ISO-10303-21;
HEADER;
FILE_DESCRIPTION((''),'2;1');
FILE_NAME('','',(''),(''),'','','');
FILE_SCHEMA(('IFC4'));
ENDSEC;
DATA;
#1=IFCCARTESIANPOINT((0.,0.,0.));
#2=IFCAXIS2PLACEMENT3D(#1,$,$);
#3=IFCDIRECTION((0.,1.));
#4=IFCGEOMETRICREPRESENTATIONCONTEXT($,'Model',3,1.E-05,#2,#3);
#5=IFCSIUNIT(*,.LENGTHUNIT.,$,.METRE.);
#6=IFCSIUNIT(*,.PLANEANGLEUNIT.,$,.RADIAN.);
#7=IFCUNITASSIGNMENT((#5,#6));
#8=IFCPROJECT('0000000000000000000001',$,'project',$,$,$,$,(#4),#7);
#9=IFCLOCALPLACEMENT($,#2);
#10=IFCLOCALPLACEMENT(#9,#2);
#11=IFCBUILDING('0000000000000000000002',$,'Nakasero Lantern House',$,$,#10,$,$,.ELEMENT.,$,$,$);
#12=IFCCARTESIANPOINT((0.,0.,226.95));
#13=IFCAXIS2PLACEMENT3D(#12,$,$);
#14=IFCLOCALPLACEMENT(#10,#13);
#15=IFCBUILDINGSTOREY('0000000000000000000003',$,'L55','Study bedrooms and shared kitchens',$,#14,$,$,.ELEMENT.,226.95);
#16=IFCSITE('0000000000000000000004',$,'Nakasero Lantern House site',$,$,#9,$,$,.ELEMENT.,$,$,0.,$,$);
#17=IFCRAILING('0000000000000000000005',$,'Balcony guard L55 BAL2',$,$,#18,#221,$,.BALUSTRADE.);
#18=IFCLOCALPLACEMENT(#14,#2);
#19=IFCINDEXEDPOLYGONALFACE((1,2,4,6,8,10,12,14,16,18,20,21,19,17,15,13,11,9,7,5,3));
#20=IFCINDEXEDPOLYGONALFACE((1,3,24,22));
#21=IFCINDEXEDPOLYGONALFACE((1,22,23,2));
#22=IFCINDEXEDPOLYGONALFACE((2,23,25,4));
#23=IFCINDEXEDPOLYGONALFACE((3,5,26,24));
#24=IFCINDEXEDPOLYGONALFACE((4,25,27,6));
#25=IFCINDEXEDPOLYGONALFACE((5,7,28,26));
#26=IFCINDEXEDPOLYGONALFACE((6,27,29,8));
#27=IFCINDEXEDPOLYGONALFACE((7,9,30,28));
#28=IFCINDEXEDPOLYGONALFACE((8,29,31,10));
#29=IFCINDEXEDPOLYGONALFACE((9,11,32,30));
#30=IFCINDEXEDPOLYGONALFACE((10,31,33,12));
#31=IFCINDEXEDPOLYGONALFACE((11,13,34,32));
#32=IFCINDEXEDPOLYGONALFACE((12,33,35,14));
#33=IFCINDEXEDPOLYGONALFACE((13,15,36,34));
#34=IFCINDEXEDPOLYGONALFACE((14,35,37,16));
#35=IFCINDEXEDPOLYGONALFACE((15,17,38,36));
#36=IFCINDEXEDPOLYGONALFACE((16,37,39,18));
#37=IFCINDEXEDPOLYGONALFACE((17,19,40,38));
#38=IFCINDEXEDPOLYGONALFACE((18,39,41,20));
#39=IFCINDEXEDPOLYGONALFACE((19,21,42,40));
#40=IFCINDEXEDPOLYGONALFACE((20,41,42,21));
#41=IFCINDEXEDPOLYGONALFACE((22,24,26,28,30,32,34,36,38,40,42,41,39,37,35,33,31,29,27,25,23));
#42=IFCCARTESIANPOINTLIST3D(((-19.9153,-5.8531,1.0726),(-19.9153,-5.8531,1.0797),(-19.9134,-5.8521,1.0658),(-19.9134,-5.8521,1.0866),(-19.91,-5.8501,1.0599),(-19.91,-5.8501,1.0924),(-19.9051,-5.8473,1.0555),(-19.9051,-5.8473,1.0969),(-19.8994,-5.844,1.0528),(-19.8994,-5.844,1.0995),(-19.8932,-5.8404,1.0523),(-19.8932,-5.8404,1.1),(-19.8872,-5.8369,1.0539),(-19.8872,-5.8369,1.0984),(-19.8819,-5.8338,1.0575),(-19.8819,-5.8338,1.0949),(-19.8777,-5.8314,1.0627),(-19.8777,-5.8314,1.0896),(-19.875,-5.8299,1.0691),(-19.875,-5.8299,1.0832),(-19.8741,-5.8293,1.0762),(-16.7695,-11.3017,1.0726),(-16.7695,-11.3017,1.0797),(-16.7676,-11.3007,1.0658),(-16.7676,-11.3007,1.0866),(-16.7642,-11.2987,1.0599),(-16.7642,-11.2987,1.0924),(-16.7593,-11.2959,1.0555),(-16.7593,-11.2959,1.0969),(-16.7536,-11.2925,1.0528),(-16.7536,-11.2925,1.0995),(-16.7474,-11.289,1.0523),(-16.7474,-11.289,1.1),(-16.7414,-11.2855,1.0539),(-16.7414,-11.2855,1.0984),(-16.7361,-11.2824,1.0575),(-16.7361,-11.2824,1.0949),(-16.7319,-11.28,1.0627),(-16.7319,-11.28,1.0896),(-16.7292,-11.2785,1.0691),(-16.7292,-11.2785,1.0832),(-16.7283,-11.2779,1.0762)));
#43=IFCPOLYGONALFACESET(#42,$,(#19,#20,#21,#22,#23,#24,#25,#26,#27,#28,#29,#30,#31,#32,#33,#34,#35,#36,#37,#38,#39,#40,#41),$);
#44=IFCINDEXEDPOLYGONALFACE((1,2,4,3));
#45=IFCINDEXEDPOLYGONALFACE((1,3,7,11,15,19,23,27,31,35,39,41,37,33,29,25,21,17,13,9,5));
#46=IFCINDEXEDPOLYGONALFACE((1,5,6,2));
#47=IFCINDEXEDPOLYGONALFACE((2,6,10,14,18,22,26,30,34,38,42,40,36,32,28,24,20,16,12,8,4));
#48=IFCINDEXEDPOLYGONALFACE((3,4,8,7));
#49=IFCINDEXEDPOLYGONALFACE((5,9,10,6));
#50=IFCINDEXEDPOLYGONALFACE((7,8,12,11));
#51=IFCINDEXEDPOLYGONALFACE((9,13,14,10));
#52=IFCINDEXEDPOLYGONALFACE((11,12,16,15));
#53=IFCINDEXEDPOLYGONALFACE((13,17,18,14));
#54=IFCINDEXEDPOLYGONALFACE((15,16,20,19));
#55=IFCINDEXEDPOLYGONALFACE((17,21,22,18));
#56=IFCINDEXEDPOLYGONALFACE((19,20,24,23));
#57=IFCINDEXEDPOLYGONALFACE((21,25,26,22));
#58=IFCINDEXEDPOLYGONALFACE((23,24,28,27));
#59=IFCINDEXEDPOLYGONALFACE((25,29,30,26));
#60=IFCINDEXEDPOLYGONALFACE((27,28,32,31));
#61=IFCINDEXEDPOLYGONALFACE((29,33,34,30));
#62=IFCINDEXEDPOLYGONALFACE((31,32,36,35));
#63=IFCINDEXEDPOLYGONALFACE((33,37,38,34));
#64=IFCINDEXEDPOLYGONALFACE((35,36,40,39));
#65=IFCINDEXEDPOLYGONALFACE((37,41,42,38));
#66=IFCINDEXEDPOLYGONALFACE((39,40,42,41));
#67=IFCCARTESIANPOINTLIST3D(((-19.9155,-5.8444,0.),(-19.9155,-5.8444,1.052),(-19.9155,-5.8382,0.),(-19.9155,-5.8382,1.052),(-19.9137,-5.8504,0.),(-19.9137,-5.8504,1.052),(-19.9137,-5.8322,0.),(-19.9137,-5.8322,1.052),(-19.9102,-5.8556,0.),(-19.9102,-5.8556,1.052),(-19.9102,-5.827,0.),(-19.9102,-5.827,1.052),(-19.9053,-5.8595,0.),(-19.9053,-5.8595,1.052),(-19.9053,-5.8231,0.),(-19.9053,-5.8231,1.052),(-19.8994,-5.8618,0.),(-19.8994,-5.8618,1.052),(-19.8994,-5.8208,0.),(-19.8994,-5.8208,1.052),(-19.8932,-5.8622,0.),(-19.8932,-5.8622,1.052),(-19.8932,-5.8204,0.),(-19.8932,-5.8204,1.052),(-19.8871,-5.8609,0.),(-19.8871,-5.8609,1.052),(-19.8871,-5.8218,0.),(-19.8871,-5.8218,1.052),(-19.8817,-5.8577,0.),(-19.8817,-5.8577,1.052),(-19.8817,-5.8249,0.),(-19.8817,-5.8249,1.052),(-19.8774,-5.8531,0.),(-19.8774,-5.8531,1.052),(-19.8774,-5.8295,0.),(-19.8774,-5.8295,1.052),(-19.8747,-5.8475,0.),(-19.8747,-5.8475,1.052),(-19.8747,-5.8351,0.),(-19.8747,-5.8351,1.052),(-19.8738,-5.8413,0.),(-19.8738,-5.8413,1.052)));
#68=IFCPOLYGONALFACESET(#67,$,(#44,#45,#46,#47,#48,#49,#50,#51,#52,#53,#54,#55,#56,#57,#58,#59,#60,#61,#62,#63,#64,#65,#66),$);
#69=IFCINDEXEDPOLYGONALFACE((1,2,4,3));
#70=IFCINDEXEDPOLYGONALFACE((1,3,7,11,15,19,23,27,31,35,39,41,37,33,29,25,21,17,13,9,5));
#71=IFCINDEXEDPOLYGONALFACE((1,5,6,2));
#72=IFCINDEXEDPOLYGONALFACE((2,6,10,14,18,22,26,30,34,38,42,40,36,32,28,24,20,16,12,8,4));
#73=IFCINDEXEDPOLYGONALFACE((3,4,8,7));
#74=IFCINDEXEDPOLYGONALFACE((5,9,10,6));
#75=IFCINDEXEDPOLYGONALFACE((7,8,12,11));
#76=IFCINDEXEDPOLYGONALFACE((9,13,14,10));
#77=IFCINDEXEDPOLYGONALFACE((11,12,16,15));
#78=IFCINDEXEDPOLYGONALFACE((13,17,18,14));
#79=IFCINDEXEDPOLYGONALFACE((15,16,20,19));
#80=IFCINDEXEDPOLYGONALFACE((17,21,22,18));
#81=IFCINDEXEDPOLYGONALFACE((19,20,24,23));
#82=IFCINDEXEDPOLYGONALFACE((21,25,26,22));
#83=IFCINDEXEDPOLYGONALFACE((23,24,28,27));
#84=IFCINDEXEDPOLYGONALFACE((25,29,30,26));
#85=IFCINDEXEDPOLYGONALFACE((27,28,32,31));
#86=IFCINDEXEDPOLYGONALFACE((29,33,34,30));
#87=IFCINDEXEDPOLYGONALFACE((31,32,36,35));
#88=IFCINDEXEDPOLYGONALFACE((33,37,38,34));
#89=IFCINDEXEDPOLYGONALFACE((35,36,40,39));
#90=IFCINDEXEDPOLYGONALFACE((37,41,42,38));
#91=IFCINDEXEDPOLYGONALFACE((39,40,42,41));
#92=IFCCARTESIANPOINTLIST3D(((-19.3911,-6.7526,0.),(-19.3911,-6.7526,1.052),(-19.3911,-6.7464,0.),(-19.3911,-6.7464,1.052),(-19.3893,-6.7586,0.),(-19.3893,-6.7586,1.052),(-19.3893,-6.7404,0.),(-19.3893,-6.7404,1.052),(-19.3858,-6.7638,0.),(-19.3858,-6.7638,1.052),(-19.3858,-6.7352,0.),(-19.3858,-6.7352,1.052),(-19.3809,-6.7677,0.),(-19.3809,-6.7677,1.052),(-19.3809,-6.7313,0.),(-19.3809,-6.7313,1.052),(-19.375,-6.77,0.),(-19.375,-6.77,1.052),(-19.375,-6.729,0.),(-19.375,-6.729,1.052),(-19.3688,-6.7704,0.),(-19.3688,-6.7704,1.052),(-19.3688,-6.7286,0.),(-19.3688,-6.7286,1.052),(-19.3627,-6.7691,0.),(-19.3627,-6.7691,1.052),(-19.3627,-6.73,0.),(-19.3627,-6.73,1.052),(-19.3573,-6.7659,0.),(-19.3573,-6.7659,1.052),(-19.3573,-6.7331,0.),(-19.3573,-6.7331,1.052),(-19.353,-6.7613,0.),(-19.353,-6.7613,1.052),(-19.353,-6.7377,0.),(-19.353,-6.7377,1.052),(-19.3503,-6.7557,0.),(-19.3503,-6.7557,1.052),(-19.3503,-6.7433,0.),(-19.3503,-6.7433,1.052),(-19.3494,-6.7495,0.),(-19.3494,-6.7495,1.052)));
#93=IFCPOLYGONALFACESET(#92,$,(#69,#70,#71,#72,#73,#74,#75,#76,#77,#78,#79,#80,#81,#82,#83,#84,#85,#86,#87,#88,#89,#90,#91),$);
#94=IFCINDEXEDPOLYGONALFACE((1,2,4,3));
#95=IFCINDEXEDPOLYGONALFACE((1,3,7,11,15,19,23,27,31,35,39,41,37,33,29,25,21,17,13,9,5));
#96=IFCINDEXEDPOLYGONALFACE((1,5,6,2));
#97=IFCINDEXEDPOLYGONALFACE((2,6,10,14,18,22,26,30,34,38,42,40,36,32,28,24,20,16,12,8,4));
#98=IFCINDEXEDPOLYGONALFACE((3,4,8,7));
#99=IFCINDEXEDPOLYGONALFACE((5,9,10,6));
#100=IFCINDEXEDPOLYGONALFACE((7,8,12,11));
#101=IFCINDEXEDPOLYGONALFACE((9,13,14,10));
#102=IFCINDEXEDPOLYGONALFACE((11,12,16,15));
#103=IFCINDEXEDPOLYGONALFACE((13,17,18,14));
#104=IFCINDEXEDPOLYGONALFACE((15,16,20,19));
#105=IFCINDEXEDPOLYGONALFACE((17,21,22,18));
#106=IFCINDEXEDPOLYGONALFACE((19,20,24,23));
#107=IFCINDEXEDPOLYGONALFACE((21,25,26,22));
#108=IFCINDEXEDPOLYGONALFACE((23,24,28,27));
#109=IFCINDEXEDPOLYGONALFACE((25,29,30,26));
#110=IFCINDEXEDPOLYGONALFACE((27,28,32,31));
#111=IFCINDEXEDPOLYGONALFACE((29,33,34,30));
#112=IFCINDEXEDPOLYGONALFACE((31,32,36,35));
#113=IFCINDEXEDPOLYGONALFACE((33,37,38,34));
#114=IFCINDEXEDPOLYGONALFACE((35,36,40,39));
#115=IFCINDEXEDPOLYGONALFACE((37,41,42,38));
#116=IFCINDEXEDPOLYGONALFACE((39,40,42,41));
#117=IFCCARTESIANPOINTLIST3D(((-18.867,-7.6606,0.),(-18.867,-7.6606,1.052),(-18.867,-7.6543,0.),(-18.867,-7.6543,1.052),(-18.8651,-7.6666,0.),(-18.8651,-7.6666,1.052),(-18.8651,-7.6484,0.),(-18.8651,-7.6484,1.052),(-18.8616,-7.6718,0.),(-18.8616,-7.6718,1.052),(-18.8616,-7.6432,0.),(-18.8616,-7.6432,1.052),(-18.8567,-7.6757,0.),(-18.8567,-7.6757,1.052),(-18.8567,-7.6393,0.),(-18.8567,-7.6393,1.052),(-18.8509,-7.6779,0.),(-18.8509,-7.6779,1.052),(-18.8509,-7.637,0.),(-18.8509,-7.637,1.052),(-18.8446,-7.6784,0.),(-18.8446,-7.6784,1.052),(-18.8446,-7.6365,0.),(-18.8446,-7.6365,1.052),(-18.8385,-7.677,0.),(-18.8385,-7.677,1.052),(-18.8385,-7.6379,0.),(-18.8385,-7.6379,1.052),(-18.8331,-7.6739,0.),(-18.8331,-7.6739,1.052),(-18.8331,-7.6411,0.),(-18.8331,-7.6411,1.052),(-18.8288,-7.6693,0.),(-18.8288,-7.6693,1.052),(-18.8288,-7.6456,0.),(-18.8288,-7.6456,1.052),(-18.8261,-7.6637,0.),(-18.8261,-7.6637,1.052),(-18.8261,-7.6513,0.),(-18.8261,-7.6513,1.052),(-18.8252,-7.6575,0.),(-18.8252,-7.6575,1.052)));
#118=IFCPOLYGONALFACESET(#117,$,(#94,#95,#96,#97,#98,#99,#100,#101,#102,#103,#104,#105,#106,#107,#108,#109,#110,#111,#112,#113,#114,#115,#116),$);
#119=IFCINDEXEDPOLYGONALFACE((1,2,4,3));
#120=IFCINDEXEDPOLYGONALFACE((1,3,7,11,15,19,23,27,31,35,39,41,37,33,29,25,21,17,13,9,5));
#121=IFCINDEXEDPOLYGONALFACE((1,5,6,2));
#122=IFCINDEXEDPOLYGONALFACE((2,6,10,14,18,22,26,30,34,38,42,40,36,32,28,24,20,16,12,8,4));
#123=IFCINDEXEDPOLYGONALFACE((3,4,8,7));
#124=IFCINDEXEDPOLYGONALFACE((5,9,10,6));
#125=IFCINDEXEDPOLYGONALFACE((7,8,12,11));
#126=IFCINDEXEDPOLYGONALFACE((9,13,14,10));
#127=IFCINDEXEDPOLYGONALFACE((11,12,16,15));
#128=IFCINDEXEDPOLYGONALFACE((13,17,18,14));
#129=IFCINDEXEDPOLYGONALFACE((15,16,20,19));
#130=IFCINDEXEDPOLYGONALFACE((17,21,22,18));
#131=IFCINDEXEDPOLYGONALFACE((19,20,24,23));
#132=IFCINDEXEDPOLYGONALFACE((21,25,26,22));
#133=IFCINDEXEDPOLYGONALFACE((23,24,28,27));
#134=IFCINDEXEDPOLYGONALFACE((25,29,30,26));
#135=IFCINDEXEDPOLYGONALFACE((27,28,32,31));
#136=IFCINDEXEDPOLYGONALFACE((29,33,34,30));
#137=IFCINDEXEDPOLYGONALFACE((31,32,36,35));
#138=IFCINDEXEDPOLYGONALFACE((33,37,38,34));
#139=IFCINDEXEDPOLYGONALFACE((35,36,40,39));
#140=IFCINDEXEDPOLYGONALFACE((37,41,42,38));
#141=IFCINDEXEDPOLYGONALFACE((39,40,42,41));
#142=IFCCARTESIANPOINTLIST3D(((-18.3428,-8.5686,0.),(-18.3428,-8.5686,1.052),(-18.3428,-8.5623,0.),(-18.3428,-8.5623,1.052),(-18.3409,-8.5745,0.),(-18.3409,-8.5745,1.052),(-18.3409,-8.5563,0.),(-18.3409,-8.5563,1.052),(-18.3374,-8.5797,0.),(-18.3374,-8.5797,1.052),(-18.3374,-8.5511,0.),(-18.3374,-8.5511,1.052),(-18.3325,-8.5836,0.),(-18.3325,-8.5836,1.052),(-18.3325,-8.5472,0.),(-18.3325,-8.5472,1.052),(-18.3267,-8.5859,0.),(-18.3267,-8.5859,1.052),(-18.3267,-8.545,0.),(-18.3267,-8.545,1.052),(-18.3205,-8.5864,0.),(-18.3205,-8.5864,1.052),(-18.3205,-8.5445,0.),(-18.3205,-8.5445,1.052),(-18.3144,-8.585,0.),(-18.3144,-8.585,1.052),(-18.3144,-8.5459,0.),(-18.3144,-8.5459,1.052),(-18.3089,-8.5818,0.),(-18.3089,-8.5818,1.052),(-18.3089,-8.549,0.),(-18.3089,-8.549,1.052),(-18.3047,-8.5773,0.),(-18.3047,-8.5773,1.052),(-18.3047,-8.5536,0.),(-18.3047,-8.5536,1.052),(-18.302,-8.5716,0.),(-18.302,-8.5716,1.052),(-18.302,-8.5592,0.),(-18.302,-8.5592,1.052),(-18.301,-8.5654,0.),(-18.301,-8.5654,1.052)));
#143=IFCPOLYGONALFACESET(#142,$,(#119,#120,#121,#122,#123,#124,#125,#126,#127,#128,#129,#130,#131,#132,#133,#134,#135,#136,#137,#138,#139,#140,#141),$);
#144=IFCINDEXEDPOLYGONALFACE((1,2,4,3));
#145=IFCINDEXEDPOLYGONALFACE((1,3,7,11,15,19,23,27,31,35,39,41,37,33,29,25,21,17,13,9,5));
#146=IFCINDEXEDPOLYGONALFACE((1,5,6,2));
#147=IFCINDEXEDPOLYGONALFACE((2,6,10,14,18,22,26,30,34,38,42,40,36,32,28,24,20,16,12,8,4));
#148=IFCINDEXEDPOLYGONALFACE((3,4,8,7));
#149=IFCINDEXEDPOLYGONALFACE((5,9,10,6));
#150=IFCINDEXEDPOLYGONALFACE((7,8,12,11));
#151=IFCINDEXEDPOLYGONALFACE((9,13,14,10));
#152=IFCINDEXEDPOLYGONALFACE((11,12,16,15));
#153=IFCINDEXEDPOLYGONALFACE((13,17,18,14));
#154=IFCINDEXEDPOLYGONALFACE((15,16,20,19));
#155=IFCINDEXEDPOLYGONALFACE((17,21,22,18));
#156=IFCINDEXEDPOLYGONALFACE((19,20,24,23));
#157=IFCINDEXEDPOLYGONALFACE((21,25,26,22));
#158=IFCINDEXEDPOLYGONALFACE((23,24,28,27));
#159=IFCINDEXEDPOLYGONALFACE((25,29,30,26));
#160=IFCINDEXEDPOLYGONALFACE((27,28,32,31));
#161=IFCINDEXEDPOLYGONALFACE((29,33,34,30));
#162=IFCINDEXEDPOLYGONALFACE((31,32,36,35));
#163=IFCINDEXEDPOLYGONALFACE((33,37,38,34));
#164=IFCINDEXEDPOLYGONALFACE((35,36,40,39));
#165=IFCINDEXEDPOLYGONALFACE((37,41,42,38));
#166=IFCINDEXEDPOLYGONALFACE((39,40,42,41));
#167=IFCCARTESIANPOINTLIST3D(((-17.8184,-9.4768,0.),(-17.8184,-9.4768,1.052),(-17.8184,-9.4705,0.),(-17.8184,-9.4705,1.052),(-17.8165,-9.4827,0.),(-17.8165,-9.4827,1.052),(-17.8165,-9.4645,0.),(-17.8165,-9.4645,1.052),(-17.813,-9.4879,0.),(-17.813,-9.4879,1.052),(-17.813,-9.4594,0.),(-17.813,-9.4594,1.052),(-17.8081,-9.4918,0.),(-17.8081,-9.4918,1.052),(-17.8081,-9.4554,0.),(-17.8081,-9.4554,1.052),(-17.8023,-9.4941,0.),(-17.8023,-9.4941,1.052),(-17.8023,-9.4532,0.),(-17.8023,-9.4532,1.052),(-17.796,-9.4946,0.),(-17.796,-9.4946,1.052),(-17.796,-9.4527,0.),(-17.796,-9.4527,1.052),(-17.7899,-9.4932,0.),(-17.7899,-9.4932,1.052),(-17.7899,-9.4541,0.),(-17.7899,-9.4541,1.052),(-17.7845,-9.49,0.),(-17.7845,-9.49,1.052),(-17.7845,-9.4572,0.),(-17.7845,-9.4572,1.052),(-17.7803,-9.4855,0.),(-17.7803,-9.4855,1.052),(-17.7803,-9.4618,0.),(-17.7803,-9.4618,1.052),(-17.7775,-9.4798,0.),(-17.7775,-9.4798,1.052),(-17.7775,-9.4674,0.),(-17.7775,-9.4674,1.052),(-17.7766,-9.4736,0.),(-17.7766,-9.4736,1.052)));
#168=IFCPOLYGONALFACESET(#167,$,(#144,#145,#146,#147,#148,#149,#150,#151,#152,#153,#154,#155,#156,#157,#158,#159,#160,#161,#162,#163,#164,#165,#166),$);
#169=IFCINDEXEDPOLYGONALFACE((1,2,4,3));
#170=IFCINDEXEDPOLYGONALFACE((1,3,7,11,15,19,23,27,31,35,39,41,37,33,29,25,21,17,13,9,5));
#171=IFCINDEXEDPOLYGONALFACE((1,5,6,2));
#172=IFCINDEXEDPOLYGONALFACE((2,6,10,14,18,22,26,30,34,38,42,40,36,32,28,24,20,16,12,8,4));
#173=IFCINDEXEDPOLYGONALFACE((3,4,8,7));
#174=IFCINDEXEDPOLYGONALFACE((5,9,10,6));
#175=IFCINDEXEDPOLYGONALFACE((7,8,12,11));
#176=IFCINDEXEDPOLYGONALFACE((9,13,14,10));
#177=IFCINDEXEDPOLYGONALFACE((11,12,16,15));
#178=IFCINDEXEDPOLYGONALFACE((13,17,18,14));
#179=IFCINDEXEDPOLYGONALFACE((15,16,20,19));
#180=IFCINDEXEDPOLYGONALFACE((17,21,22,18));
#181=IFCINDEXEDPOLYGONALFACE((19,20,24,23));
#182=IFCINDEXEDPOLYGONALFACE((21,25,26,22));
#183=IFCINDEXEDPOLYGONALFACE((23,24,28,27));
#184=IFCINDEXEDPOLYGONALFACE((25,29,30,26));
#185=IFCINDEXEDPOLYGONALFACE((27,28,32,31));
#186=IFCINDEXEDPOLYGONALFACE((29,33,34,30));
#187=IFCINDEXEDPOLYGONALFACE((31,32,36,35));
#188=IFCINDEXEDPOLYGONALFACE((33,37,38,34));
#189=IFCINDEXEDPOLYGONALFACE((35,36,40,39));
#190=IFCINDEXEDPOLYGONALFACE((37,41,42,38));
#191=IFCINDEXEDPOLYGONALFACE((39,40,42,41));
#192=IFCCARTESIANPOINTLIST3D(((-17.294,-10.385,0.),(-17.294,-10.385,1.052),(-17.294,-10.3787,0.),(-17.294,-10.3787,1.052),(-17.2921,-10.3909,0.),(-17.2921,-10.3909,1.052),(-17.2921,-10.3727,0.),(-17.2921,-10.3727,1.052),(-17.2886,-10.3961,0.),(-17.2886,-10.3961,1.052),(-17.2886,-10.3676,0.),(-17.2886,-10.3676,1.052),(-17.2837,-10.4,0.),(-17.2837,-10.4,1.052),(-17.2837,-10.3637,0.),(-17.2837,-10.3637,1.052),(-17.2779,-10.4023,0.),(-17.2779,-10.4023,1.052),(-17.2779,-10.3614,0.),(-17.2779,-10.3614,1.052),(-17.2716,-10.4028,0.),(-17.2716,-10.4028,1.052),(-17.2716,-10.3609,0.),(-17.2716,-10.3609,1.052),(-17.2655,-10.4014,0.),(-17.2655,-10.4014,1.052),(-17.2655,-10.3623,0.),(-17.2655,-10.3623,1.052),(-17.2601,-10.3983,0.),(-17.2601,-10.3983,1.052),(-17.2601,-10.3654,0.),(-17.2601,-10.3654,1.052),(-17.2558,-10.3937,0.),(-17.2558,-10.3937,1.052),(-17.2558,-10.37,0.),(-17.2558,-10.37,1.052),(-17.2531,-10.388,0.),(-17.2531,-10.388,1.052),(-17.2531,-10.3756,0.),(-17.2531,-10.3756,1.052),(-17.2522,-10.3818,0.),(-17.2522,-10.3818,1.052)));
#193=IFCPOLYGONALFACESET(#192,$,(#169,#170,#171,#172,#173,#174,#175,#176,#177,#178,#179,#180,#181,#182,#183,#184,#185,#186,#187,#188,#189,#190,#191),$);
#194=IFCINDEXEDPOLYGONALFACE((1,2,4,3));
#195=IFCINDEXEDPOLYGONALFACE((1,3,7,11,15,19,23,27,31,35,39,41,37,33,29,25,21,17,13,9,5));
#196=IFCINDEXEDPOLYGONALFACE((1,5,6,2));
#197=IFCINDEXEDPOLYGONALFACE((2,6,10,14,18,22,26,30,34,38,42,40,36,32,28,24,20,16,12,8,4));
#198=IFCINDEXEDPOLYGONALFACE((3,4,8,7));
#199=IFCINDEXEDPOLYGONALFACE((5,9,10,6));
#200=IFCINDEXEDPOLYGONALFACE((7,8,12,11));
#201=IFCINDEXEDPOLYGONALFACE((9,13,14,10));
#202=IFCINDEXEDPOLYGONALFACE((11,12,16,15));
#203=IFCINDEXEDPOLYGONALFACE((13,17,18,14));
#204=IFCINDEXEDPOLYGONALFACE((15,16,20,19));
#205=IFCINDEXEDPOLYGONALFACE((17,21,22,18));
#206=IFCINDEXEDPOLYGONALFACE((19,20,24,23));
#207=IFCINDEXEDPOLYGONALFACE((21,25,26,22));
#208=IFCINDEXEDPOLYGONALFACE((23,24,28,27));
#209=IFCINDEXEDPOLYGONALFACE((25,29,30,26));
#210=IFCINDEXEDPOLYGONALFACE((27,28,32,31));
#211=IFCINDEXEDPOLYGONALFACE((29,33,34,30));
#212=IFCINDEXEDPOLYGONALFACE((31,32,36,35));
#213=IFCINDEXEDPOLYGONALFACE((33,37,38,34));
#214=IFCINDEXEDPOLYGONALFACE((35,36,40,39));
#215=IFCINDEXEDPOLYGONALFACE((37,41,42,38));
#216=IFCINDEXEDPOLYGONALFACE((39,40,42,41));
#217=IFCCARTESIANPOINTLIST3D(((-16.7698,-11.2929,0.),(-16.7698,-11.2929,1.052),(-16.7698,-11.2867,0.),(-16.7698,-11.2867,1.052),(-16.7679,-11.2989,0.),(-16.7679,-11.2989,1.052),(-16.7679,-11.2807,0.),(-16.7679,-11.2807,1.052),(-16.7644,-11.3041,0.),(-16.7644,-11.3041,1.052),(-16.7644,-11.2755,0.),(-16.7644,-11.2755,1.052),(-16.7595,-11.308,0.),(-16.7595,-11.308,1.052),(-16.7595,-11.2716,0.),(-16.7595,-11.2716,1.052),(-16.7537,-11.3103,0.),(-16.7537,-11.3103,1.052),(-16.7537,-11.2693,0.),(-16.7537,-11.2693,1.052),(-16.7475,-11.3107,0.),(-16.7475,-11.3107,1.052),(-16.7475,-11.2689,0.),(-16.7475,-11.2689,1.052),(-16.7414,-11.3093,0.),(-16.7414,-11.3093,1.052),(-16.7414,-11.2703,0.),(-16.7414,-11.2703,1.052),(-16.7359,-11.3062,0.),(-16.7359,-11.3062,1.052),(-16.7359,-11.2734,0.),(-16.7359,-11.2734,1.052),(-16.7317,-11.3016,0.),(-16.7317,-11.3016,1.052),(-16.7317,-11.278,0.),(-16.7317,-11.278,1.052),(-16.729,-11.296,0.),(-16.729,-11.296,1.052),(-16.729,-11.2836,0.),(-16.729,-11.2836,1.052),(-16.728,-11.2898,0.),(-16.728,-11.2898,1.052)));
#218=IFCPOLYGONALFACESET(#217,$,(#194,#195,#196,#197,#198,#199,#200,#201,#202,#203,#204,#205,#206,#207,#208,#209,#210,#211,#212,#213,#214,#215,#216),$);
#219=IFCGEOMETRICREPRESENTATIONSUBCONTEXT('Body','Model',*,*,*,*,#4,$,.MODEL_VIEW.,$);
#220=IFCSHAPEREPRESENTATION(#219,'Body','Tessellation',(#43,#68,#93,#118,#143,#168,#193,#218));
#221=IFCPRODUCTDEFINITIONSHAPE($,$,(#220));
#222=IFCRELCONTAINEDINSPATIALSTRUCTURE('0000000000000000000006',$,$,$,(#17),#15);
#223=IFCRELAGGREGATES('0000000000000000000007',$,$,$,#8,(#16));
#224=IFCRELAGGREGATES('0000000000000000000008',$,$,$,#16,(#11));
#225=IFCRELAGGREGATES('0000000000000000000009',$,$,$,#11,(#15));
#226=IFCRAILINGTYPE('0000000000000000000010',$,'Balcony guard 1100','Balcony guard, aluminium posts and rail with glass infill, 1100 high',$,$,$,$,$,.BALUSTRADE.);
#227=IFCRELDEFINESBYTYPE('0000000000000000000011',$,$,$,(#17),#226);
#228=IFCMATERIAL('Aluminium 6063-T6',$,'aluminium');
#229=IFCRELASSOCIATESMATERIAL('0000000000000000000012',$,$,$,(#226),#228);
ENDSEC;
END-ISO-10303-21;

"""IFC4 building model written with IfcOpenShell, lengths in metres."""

from ifc_helpers import new_model, si_unit, direction, frame, origin, origin_2d, place, context, subcontext, project, spatial, circle, extrude, material, type_object, element, save


model = new_model("IFC4")

# Units and contexts
model_context = context("Model", 3, precision=1e-05, world=origin(), true_north=direction((0.0, 1.0)))
body_context = subcontext(model_context, "Body", "Model", "MODEL_VIEW")
ifc_project = project(units=[si_unit("LENGTHUNIT", "METRE"), si_unit("PLANEANGLEUNIT", "RADIAN")], contexts=[model_context])

# Site, building, storey
site_placement = place(None, origin())
site = spatial("IfcSite", under=ifc_project, at=site_placement, Name="Nakasero Lantern House site", CompositionType="ELEMENT", RefElevation=0.0)
building_placement = place(site_placement, origin())
building = spatial("IfcBuilding", under=site, at=building_placement, Name="Nakasero Lantern House", CompositionType="ELEMENT")
storey_placement = place(building_placement, frame((0.0, 0.0, 226.95)))
storey = spatial("IfcBuildingStorey", under=building, at=storey_placement, Name="L55", Description="Study bedrooms and shared kitchens", CompositionType="ELEMENT", Elevation=226.95)

# Railing
ifc_material_1 = material(Name="Aluminium 6063-T6", Category="aluminium")
railing_type = type_object("IfcRailingType", Name="Balcony guard 1100", Description="Balcony guard, aluminium posts and rail with glass infill, 1100 high", PredefinedType="BALUSTRADE", material=ifc_material_1)
railing_placement = place(storey_placement, frame((-19.8948, -5.8413, 0.0)))
element("IfcRailing", 1, at=railing_placement, inside=storey, type_object=railing_type, Name="Balcony guard L55 BAL2", PredefinedType="BALUSTRADE", context=body_context, shape_type="SweptSolid", body=[
    extrude(circle(Radius=0.0239, at=origin_2d()), frame((0.0, 0.0, 1.0762), z_axis=(0.500008, -0.866021, 0.0), x_axis=(0.866021, 0.500008, 0.0)), (0.0, 0.0, 1.0), 6.2915),
    extrude(circle(Radius=0.021, at=origin_2d()), origin(), (0.0, 0.0, 1.0), 1.052),
    extrude(circle(Radius=0.021, at=origin_2d()), frame((0.5244, -0.9082, 0.0)), (0.0, 0.0, 1.0), 1.052),
    extrude(circle(Radius=0.021, at=origin_2d()), frame((1.0486, -1.8162, 0.0)), (0.0, 0.0, 1.0), 1.052),
    extrude(circle(Radius=0.021, at=origin_2d()), frame((1.5728, -2.7241, 0.0)), (0.0, 0.0, 1.0), 1.052),
    extrude(circle(Radius=0.021, at=origin_2d()), frame((2.0972, -3.6323, 0.0)), (0.0, 0.0, 1.0), 1.052),
    extrude(circle(Radius=0.021, at=origin_2d()), frame((2.6216, -4.5405, 0.0)), (0.0, 0.0, 1.0), 1.052),
    extrude(circle(Radius=0.021, at=origin_2d()), frame((3.1458, -5.4485, 0.0)), (0.0, 0.0, 1.0), 1.052),
])

save(model, "model.ifc")
